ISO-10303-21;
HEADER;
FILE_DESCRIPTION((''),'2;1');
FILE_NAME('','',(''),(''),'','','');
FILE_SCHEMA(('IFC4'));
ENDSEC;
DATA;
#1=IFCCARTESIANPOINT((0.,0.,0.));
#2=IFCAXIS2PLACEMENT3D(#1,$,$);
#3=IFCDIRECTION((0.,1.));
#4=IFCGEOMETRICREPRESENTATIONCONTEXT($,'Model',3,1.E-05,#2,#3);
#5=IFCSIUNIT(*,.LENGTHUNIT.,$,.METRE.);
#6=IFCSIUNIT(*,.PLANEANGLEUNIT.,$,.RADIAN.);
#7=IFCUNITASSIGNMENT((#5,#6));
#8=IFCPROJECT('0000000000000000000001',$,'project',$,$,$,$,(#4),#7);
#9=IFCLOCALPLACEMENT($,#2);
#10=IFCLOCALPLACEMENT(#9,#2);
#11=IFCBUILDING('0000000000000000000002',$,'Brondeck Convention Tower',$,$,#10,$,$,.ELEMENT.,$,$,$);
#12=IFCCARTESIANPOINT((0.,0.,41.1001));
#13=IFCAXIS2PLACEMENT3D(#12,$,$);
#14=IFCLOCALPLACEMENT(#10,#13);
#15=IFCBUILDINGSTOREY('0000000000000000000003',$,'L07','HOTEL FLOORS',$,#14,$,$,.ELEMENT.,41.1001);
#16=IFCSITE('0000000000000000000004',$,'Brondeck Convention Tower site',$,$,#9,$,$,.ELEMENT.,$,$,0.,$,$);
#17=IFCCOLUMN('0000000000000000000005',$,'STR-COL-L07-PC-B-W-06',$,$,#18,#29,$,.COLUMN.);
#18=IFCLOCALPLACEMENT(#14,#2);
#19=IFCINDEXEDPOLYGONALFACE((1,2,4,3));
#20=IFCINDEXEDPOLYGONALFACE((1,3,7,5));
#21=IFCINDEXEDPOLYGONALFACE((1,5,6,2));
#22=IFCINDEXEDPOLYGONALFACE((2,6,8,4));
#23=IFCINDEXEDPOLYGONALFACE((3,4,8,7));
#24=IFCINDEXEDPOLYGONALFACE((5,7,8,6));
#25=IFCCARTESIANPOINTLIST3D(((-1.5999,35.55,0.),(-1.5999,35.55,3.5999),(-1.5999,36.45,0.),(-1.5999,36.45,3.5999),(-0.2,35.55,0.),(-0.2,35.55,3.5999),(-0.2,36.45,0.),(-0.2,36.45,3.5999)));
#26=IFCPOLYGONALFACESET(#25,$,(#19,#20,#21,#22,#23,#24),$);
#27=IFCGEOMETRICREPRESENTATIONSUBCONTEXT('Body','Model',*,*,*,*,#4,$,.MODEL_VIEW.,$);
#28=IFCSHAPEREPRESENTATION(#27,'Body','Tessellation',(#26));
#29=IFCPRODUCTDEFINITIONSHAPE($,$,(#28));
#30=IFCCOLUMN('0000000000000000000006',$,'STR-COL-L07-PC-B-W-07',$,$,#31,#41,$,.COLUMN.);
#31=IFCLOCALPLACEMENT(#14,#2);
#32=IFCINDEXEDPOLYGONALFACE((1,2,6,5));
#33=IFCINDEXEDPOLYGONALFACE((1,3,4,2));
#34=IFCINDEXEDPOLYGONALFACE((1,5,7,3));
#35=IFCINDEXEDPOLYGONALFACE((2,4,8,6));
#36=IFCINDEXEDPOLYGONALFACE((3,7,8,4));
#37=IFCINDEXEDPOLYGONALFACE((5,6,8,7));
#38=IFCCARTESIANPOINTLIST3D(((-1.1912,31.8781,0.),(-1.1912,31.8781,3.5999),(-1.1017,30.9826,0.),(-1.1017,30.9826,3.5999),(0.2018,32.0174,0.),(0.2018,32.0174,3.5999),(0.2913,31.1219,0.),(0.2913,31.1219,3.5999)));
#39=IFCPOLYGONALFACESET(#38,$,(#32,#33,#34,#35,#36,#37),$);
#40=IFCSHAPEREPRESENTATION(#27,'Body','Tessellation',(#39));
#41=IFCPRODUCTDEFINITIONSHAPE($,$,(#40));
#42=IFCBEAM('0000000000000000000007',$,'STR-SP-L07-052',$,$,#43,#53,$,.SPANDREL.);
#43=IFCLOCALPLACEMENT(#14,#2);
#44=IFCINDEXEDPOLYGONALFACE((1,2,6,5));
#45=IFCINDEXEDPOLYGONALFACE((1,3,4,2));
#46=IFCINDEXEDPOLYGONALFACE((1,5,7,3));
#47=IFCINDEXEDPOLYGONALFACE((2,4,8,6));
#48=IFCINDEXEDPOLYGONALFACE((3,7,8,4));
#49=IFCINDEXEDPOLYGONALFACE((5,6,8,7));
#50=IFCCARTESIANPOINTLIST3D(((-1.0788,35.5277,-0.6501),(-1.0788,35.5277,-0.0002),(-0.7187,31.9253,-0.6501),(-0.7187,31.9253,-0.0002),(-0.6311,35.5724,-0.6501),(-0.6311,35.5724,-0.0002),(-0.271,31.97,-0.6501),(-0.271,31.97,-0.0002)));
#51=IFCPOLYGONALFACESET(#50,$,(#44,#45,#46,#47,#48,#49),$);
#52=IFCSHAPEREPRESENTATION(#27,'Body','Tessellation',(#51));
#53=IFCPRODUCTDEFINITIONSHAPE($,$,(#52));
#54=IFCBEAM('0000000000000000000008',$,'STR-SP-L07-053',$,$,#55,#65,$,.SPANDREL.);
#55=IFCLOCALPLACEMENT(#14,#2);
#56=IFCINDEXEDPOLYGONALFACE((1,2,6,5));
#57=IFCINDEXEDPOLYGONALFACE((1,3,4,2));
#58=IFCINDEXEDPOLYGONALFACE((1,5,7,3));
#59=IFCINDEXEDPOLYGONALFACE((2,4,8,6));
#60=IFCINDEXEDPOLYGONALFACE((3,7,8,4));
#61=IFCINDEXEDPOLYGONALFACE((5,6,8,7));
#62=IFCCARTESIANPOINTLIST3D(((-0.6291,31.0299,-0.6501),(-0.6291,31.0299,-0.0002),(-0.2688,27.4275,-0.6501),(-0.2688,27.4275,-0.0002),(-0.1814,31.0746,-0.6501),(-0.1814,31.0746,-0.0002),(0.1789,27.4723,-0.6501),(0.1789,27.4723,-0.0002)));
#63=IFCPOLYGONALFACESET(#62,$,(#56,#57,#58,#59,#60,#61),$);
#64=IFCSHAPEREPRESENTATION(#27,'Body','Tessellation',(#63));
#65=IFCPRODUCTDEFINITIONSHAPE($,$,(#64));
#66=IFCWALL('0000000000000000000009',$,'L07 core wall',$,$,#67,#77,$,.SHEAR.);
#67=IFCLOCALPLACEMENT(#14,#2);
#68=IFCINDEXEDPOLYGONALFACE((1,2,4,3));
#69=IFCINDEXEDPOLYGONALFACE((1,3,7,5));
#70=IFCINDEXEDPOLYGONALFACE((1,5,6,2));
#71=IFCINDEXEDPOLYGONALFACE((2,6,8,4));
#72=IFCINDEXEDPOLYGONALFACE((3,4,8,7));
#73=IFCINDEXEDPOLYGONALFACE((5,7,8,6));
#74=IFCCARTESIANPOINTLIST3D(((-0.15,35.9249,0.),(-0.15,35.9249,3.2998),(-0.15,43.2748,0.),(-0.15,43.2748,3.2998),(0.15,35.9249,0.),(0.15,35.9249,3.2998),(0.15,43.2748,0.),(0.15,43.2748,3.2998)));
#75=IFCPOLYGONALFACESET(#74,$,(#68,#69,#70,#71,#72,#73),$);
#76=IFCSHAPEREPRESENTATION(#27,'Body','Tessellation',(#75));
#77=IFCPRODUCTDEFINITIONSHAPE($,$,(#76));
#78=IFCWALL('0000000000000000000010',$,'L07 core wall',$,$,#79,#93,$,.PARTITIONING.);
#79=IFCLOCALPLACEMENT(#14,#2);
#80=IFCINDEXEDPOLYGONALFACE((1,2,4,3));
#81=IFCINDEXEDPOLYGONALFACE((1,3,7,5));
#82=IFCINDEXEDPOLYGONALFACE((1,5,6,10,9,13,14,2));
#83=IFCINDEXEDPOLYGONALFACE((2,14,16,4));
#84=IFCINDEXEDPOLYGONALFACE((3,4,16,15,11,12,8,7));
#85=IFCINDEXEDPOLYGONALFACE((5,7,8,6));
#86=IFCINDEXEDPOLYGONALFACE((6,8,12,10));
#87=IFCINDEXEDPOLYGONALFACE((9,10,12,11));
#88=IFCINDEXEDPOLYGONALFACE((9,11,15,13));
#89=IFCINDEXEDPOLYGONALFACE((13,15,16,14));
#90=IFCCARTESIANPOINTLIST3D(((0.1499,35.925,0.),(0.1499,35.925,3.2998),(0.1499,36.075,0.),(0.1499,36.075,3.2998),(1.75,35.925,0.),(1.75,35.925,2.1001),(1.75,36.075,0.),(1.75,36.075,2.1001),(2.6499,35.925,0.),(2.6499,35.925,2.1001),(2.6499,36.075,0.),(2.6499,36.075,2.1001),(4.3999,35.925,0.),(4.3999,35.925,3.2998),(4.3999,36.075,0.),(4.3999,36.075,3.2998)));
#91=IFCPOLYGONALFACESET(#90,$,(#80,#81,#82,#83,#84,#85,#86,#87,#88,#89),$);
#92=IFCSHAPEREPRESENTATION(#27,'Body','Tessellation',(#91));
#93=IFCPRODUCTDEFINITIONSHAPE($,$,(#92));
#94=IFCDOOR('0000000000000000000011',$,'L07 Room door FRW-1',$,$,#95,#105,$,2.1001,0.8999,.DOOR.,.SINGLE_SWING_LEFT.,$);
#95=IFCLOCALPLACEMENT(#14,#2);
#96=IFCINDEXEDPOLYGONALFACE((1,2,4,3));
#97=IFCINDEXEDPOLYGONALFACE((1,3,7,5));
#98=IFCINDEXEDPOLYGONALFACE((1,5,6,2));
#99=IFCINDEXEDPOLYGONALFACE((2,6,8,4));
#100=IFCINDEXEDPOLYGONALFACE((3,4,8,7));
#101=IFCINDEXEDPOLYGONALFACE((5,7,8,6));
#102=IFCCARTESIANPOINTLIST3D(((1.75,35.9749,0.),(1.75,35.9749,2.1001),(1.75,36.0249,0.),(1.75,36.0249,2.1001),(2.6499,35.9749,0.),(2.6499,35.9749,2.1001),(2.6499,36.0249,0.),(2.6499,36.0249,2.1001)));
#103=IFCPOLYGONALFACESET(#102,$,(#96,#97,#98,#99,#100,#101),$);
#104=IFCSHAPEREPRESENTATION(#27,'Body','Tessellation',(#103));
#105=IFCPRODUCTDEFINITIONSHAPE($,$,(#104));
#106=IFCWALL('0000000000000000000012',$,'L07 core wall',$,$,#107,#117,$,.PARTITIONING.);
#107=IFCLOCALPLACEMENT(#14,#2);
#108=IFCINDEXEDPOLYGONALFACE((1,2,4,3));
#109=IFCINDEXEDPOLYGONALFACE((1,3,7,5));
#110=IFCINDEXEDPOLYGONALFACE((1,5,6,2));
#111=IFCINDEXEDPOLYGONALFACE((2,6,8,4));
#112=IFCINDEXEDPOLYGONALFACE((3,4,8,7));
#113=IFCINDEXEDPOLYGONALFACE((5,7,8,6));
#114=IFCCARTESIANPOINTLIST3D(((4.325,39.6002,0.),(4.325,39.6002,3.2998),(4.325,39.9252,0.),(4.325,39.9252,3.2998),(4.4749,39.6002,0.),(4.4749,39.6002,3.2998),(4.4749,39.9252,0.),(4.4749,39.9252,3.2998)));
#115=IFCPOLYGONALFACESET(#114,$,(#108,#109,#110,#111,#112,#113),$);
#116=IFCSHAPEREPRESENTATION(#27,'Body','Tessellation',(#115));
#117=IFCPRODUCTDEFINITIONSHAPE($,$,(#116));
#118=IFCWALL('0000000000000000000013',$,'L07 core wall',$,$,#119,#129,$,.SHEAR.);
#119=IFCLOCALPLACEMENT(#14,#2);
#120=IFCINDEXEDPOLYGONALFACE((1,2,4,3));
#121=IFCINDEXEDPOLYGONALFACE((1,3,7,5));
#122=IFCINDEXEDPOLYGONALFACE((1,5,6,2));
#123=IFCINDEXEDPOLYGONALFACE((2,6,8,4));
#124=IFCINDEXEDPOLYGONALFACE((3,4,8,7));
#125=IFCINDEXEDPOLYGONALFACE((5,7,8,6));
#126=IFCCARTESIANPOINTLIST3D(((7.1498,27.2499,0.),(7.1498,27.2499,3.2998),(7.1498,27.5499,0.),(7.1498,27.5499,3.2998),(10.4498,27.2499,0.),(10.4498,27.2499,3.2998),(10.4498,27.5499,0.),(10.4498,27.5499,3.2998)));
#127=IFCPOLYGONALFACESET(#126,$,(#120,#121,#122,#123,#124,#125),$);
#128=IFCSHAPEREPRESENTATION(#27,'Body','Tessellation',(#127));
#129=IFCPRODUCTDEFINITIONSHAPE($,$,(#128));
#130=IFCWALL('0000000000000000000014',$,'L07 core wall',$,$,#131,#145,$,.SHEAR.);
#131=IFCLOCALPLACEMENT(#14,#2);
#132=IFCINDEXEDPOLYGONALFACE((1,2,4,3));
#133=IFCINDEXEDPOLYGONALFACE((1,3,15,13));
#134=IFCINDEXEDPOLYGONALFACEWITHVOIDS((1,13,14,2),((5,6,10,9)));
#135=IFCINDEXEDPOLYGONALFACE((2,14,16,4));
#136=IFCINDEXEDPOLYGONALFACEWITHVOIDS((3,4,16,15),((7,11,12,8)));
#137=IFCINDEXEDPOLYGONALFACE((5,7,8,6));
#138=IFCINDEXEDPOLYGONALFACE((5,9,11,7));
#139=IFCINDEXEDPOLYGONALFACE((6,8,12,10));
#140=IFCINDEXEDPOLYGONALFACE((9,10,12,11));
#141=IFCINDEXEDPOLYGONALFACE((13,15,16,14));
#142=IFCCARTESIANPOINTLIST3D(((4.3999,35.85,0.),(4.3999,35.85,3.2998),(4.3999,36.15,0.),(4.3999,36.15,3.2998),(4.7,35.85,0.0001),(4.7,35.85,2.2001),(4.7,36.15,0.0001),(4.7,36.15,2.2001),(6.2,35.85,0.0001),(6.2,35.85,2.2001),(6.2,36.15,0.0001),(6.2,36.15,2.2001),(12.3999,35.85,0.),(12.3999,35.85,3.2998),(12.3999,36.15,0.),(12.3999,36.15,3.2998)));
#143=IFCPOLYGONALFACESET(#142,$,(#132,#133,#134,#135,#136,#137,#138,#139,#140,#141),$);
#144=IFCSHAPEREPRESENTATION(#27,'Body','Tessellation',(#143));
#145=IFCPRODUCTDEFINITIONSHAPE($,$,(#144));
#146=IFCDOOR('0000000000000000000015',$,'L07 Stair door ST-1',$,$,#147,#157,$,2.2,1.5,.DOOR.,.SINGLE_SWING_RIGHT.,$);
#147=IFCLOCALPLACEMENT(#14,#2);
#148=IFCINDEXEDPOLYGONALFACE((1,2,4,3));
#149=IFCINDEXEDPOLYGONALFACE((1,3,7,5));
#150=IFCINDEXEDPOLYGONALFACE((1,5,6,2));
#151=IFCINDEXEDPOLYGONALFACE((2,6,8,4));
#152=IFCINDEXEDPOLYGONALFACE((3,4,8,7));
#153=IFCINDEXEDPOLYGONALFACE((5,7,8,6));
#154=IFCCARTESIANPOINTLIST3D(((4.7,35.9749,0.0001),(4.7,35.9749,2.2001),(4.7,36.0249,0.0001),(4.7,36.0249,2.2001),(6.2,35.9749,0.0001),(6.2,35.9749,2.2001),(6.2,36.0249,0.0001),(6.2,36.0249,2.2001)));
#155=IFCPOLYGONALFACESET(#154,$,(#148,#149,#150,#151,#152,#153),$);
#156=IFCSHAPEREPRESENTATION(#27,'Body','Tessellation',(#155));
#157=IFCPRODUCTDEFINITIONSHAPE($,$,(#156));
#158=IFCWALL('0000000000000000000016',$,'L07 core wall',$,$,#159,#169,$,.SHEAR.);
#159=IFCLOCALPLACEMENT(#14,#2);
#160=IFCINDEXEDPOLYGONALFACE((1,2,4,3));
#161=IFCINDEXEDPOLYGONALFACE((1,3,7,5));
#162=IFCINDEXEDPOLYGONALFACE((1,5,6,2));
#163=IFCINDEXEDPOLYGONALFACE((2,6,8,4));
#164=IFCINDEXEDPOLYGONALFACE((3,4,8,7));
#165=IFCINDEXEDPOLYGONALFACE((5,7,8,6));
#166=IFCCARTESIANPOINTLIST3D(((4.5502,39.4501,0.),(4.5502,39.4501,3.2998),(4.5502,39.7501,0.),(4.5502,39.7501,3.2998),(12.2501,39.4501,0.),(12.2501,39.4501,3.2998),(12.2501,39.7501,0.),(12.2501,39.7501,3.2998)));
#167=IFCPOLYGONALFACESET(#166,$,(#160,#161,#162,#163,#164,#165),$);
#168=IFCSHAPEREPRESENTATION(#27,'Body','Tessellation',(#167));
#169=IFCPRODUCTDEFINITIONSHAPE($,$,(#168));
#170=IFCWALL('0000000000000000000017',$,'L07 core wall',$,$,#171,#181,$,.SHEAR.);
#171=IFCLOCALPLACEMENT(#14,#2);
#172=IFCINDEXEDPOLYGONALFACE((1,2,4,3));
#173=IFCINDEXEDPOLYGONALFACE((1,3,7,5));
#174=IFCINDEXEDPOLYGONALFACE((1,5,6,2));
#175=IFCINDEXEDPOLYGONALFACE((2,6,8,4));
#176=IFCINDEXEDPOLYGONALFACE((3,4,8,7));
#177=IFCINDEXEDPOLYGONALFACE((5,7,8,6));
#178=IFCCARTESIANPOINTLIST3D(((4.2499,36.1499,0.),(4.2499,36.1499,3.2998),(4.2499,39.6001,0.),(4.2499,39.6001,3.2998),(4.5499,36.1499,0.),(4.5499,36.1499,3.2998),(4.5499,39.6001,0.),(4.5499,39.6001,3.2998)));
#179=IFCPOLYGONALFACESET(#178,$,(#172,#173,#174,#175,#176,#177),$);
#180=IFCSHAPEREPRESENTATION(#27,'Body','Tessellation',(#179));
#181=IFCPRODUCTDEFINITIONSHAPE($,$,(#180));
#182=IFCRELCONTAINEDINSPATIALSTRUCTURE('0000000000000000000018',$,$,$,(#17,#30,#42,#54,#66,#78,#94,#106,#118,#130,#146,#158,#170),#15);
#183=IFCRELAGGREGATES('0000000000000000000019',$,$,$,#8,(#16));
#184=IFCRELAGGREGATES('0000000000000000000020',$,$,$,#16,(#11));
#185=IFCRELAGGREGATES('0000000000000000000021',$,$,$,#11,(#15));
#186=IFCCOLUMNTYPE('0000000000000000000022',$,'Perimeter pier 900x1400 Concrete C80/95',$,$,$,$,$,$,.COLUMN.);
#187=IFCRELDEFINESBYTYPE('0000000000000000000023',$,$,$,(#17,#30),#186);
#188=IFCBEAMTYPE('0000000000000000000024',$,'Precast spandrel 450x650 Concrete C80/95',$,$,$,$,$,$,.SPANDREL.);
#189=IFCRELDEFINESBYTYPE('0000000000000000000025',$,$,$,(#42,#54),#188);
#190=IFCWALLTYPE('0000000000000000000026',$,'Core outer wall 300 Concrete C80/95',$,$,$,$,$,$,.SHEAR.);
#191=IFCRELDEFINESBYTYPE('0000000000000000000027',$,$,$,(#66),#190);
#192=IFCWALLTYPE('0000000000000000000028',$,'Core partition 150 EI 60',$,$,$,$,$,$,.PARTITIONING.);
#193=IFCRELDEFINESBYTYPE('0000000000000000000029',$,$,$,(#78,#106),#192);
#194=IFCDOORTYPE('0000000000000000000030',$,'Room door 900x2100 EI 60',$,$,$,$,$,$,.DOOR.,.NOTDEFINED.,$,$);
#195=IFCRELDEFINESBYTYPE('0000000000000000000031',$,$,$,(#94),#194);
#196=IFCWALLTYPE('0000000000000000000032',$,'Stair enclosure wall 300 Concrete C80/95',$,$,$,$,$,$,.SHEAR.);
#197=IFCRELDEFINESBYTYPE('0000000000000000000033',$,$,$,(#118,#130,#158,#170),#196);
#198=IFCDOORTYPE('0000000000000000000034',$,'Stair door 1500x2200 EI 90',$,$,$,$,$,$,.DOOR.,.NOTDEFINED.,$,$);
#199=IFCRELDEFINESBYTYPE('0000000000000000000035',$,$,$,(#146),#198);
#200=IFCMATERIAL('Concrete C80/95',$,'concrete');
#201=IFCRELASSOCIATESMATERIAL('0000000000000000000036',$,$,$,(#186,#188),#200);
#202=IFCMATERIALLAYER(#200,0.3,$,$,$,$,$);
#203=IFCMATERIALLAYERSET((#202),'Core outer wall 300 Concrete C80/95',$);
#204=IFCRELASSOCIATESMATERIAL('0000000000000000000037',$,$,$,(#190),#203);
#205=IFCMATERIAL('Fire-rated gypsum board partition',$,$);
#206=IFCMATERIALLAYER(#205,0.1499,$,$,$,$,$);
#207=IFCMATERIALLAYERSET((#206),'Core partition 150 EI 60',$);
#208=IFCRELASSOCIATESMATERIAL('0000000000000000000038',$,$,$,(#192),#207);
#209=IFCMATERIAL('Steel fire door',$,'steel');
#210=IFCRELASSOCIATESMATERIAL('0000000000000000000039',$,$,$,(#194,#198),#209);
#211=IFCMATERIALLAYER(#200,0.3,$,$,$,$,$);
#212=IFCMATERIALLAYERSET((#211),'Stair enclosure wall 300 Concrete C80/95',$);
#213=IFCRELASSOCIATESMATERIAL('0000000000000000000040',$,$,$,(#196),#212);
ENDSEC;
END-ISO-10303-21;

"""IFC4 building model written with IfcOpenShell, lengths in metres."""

from ifc_helpers import new_model, si_unit, direction, frame, frame_2d, origin, origin_2d, place, context, subcontext, project, spatial, rectangle, extrude, material, layer, layer_set, material_profile, profile_set, type_object, element, fill, save


model = new_model("IFC4")

# Units and contexts
model_context = context("Model", 3, precision=1e-05, world=origin(), true_north=direction((0.0, 1.0)))
body_context = subcontext(model_context, "Body", "Model", "MODEL_VIEW")
ifc_project = project(units=[si_unit("LENGTHUNIT", "METRE"), si_unit("PLANEANGLEUNIT", "RADIAN")], contexts=[model_context])

# Site, building, storey
site_placement = place(None, origin())
site = spatial("IfcSite", under=ifc_project, at=site_placement, Name="Brondeck Convention Tower site", CompositionType="ELEMENT", RefElevation=0.0)
building_placement = place(site_placement, origin())
building = spatial("IfcBuilding", under=site, at=building_placement, Name="Brondeck Convention Tower", CompositionType="ELEMENT")
storey_placement = place(building_placement, frame((0.0, 0.0, 41.1001)))
storey = spatial("IfcBuildingStorey", under=building, at=storey_placement, Name="L07", Description="HOTEL FLOORS", CompositionType="ELEMENT", Elevation=41.1001)

# Columns
ifc_material_1 = material(Name="Concrete C80/95", Category="concrete")
ifc_material_profile_1 = material_profile(ifc_material_1, rectangle(XDim=0.8999, YDim=1.3999, at=origin_2d()), Name="Perimeter pier 900x1400 Concrete C80/95")
ifc_profile_set_1 = profile_set([ifc_material_profile_1], Name="Concrete C80/95")
column_type = type_object("IfcColumnType", Name="Perimeter pier 900x1400 Concrete C80/95", PredefinedType="COLUMN", material=ifc_profile_set_1)
for number, where, z_axis, x_axis, name in (
    (1, (-0.8999, 36.0, 0.0), (0.0, 0.0, 1.0), (0.0, -1.0, 0.0), "STR-COL-L07-PC-B-W-06"),
    (2, (-0.45, 31.5, 0.0), (0.0, 0.0, 1.0), (0.099504, -0.995037, 0.0), "STR-COL-L07-PC-B-W-07"),
):
    element("IfcColumn", number, at=place(storey_placement, frame(where, z_axis=z_axis, x_axis=x_axis)), inside=storey, type_object=column_type, Name=name, PredefinedType="COLUMN", context=body_context, shape_type="SweptSolid", body=[
        extrude(rectangle(XDim=0.8999, YDim=1.3999, at=origin_2d()), origin(), (0.0, 0.0, 1.0), 3.5999),
    ])

# Beams
ifc_material_profile_2 = material_profile(ifc_material_1, rectangle(XDim=0.45, YDim=0.6499, at=origin_2d()), Name="Precast spandrel 450x650 Concrete C80/95")
ifc_profile_set_2 = profile_set([ifc_material_profile_2], Name="Concrete C80/95")
beam_type = type_object("IfcBeamType", Name="Precast spandrel 450x650 Concrete C80/95", PredefinedType="SPANDREL", material=ifc_profile_set_2)
for number, where, z_axis, x_axis, name in (
    (3, (-0.855, 35.55, -0.3252), (0.09947, -0.995041, 0.0), (0.995041, 0.09947, 0.0), "STR-SP-L07-052"),
    (4, (-0.4053, 31.0522, -0.3252), (0.099537, -0.995034, 0.0), (0.995034, 0.099537, 0.0), "STR-SP-L07-053"),
):
    element("IfcBeam", number, at=place(storey_placement, frame(where, z_axis=z_axis, x_axis=x_axis)), inside=storey, type_object=beam_type, Name=name, PredefinedType="SPANDREL", context=body_context, shape_type="SweptSolid", body=[
        extrude(rectangle(XDim=0.45, YDim=0.6499, at=origin_2d()), origin(), (0.0, 0.0, 1.0), 3.6204),
    ])

# Wall
ifc_layer_1 = layer(ifc_material_1, 0.3)
ifc_layer_set_1 = layer_set([ifc_layer_1], Name="Core outer wall 300 Concrete C80/95")
wall_type_1 = type_object("IfcWallType", Name="Core outer wall 300 Concrete C80/95", PredefinedType="SHEAR", material=ifc_layer_set_1)
wall_1_placement = place(storey_placement, frame((0.0, 35.925, 0.0), z_axis=(0.0, 0.0, 1.0), x_axis=(0.0, 1.0, 0.0)))
element("IfcWall", 5, at=wall_1_placement, inside=storey, type_object=wall_type_1, Name="L07 core wall", PredefinedType="SHEAR", context=body_context, shape_type="SweptSolid", body=[
    extrude(rectangle(XDim=7.3499, YDim=0.3, at=frame_2d((3.6748, 0.0))), origin(), (0.0, 0.0, 1.0), 3.2998),
])

# Wall, opening, door
ifc_material_2 = material(Name="Fire-rated gypsum board partition")
ifc_layer_2 = layer(ifc_material_2, 0.1499)
ifc_layer_set_2 = layer_set([ifc_layer_2], Name="Core partition 150 EI 60")
wall_type_2 = type_object("IfcWallType", Name="Core partition 150 EI 60", PredefinedType="PARTITIONING", material=ifc_layer_set_2)
wall_2_placement = place(storey_placement, frame((0.1499, 36.0, 0.0), z_axis=(0.0, 0.0, 1.0), x_axis=(1.0, 0.0, 0.0)))
wall_2 = element("IfcWall", 6, at=wall_2_placement, inside=storey, type_object=wall_type_2, Name="L07 core wall", PredefinedType="PARTITIONING", context=body_context, shape_type="SweptSolid", body=[
    extrude(rectangle(XDim=4.25, YDim=0.1499, at=frame_2d((2.125, 0.0))), origin(), (0.0, 0.0, 1.0), 3.2998),
])
opening_1_placement = place(wall_2_placement, frame((1.6001, 0.0, 0.0)))
opening_1 = element("IfcOpeningElement", 7, at=opening_1_placement, cuts=wall_2, PredefinedType="OPENING", context=body_context, shape_type="SweptSolid", body=[
    extrude(rectangle(XDim=0.8999, YDim=2.1001, at=frame_2d((0.45, 1.05))), frame((0.0, 0.085, 0.0), z_axis=(0.0, -1.0, 0.0), x_axis=(1.0, 0.0, 0.0)), (0.0, 0.0, 1.0), 0.1699),
])
ifc_material_3 = material(Name="Steel fire door", Category="steel")
door_type_1 = type_object("IfcDoorType", Name="Room door 900x2100 EI 60", OperationType="NOTDEFINED", PredefinedType="DOOR", material=ifc_material_3)
door_1_placement = place(opening_1_placement, origin())
door_1 = element("IfcDoor", 8, at=door_1_placement, inside=storey, type_object=door_type_1, Name="L07 Room door FRW-1", OperationType="SINGLE_SWING_LEFT", OverallHeight=2.1001, OverallWidth=0.8999, PredefinedType="DOOR", context=body_context, shape_type="SweptSolid", body=[
    extrude(rectangle(XDim=0.8999, YDim=2.1001, at=frame_2d((0.45, 1.05))), frame((0.0, 0.0249, 0.0), z_axis=(0.0, -1.0, 0.0), x_axis=(1.0, 0.0, 0.0)), (0.0, 0.0, 1.0), 0.05),
])
fill(opening_1, door_1)

# Walls
wall_3_placement = place(storey_placement, frame((4.3999, 39.6001, 0.0), z_axis=(0.0, 0.0, 1.0), x_axis=(0.0, 1.0, 0.0)))
element("IfcWall", 9, at=wall_3_placement, inside=storey, type_object=wall_type_2, Name="L07 core wall", PredefinedType="PARTITIONING", context=body_context, shape_type="SweptSolid", body=[
    extrude(rectangle(XDim=0.325, YDim=0.1499, at=frame_2d((0.1626, 0.0))), origin(), (0.0, 0.0, 1.0), 3.2998),
])
ifc_layer_3 = layer(ifc_material_1, 0.3)
ifc_layer_set_3 = layer_set([ifc_layer_3], Name="Stair enclosure wall 300 Concrete C80/95")
wall_type_3 = type_object("IfcWallType", Name="Stair enclosure wall 300 Concrete C80/95", PredefinedType="SHEAR", material=ifc_layer_set_3)
wall_4_placement = place(storey_placement, frame((7.1499, 27.3999, 0.0), z_axis=(0.0, 0.0, 1.0), x_axis=(1.0, 0.0, 0.0)))
element("IfcWall", 10, at=wall_4_placement, inside=storey, type_object=wall_type_3, Name="L07 core wall", PredefinedType="SHEAR", context=body_context, shape_type="SweptSolid", body=[
    extrude(rectangle(XDim=3.3, YDim=0.3, at=frame_2d((1.6499, 0.0))), origin(), (0.0, 0.0, 1.0), 3.2998),
])

# Wall, opening, door
wall_5_placement = place(storey_placement, frame((4.3999, 36.0, 0.0), z_axis=(0.0, 0.0, 1.0), x_axis=(1.0, 0.0, 0.0)))
wall_5 = element("IfcWall", 11, at=wall_5_placement, inside=storey, type_object=wall_type_3, Name="L07 core wall", PredefinedType="SHEAR", context=body_context, shape_type="SweptSolid", body=[
    extrude(rectangle(XDim=8.0, YDim=0.3, at=frame_2d((4.0, 0.0))), origin(), (0.0, 0.0, 1.0), 3.2998),
])
opening_2_placement = place(wall_5_placement, frame((0.3, 0.0, 0.0)))
opening_2 = element("IfcOpeningElement", 12, at=opening_2_placement, cuts=wall_5, PredefinedType="OPENING", context=body_context, shape_type="SweptSolid", body=[
    extrude(rectangle(XDim=1.5, YDim=2.2, at=frame_2d((0.75, 1.1001))), frame((0.0, 0.1599, 0.0), z_axis=(0.0, -1.0, 0.0), x_axis=(1.0, 0.0, 0.0)), (0.0, 0.0, 1.0), 0.3201),
])
door_type_2 = type_object("IfcDoorType", Name="Stair door 1500x2200 EI 90", OperationType="NOTDEFINED", PredefinedType="DOOR", material=ifc_material_3)
door_2_placement = place(opening_2_placement, origin())
door_2 = element("IfcDoor", 13, at=door_2_placement, inside=storey, type_object=door_type_2, Name="L07 Stair door ST-1", OperationType="SINGLE_SWING_RIGHT", OverallHeight=2.2, OverallWidth=1.5, PredefinedType="DOOR", context=body_context, shape_type="SweptSolid", body=[
    extrude(rectangle(XDim=1.5, YDim=2.2, at=frame_2d((0.75, 1.1001))), frame((0.0, 0.0249, 0.0), z_axis=(0.0, -1.0, 0.0), x_axis=(1.0, 0.0, 0.0)), (0.0, 0.0, 1.0), 0.05),
])
fill(opening_2, door_2)

# Walls
wall_6_placement = place(storey_placement, frame((4.55, 39.6001, 0.0), z_axis=(0.0, 0.0, 1.0), x_axis=(1.0, 0.0, 0.0)))
element("IfcWall", 14, at=wall_6_placement, inside=storey, type_object=wall_type_3, Name="L07 core wall", PredefinedType="SHEAR", context=body_context, shape_type="SweptSolid", body=[
    extrude(rectangle(XDim=7.7, YDim=0.3, at=frame_2d((3.8501, 0.0))), origin(), (0.0, 0.0, 1.0), 3.2998),
])
wall_7_placement = place(storey_placement, frame((4.3999, 36.1499, 0.0), z_axis=(0.0, 0.0, 1.0), x_axis=(0.0, 1.0, 0.0)))
element("IfcWall", 15, at=wall_7_placement, inside=storey, type_object=wall_type_3, Name="L07 core wall", PredefinedType="SHEAR", context=body_context, shape_type="SweptSolid", body=[
    extrude(rectangle(XDim=3.4502, YDim=0.3, at=frame_2d((1.7251, 0.0))), origin(), (0.0, 0.0, 1.0), 3.2998),
])

save(model, "model.ifc")
